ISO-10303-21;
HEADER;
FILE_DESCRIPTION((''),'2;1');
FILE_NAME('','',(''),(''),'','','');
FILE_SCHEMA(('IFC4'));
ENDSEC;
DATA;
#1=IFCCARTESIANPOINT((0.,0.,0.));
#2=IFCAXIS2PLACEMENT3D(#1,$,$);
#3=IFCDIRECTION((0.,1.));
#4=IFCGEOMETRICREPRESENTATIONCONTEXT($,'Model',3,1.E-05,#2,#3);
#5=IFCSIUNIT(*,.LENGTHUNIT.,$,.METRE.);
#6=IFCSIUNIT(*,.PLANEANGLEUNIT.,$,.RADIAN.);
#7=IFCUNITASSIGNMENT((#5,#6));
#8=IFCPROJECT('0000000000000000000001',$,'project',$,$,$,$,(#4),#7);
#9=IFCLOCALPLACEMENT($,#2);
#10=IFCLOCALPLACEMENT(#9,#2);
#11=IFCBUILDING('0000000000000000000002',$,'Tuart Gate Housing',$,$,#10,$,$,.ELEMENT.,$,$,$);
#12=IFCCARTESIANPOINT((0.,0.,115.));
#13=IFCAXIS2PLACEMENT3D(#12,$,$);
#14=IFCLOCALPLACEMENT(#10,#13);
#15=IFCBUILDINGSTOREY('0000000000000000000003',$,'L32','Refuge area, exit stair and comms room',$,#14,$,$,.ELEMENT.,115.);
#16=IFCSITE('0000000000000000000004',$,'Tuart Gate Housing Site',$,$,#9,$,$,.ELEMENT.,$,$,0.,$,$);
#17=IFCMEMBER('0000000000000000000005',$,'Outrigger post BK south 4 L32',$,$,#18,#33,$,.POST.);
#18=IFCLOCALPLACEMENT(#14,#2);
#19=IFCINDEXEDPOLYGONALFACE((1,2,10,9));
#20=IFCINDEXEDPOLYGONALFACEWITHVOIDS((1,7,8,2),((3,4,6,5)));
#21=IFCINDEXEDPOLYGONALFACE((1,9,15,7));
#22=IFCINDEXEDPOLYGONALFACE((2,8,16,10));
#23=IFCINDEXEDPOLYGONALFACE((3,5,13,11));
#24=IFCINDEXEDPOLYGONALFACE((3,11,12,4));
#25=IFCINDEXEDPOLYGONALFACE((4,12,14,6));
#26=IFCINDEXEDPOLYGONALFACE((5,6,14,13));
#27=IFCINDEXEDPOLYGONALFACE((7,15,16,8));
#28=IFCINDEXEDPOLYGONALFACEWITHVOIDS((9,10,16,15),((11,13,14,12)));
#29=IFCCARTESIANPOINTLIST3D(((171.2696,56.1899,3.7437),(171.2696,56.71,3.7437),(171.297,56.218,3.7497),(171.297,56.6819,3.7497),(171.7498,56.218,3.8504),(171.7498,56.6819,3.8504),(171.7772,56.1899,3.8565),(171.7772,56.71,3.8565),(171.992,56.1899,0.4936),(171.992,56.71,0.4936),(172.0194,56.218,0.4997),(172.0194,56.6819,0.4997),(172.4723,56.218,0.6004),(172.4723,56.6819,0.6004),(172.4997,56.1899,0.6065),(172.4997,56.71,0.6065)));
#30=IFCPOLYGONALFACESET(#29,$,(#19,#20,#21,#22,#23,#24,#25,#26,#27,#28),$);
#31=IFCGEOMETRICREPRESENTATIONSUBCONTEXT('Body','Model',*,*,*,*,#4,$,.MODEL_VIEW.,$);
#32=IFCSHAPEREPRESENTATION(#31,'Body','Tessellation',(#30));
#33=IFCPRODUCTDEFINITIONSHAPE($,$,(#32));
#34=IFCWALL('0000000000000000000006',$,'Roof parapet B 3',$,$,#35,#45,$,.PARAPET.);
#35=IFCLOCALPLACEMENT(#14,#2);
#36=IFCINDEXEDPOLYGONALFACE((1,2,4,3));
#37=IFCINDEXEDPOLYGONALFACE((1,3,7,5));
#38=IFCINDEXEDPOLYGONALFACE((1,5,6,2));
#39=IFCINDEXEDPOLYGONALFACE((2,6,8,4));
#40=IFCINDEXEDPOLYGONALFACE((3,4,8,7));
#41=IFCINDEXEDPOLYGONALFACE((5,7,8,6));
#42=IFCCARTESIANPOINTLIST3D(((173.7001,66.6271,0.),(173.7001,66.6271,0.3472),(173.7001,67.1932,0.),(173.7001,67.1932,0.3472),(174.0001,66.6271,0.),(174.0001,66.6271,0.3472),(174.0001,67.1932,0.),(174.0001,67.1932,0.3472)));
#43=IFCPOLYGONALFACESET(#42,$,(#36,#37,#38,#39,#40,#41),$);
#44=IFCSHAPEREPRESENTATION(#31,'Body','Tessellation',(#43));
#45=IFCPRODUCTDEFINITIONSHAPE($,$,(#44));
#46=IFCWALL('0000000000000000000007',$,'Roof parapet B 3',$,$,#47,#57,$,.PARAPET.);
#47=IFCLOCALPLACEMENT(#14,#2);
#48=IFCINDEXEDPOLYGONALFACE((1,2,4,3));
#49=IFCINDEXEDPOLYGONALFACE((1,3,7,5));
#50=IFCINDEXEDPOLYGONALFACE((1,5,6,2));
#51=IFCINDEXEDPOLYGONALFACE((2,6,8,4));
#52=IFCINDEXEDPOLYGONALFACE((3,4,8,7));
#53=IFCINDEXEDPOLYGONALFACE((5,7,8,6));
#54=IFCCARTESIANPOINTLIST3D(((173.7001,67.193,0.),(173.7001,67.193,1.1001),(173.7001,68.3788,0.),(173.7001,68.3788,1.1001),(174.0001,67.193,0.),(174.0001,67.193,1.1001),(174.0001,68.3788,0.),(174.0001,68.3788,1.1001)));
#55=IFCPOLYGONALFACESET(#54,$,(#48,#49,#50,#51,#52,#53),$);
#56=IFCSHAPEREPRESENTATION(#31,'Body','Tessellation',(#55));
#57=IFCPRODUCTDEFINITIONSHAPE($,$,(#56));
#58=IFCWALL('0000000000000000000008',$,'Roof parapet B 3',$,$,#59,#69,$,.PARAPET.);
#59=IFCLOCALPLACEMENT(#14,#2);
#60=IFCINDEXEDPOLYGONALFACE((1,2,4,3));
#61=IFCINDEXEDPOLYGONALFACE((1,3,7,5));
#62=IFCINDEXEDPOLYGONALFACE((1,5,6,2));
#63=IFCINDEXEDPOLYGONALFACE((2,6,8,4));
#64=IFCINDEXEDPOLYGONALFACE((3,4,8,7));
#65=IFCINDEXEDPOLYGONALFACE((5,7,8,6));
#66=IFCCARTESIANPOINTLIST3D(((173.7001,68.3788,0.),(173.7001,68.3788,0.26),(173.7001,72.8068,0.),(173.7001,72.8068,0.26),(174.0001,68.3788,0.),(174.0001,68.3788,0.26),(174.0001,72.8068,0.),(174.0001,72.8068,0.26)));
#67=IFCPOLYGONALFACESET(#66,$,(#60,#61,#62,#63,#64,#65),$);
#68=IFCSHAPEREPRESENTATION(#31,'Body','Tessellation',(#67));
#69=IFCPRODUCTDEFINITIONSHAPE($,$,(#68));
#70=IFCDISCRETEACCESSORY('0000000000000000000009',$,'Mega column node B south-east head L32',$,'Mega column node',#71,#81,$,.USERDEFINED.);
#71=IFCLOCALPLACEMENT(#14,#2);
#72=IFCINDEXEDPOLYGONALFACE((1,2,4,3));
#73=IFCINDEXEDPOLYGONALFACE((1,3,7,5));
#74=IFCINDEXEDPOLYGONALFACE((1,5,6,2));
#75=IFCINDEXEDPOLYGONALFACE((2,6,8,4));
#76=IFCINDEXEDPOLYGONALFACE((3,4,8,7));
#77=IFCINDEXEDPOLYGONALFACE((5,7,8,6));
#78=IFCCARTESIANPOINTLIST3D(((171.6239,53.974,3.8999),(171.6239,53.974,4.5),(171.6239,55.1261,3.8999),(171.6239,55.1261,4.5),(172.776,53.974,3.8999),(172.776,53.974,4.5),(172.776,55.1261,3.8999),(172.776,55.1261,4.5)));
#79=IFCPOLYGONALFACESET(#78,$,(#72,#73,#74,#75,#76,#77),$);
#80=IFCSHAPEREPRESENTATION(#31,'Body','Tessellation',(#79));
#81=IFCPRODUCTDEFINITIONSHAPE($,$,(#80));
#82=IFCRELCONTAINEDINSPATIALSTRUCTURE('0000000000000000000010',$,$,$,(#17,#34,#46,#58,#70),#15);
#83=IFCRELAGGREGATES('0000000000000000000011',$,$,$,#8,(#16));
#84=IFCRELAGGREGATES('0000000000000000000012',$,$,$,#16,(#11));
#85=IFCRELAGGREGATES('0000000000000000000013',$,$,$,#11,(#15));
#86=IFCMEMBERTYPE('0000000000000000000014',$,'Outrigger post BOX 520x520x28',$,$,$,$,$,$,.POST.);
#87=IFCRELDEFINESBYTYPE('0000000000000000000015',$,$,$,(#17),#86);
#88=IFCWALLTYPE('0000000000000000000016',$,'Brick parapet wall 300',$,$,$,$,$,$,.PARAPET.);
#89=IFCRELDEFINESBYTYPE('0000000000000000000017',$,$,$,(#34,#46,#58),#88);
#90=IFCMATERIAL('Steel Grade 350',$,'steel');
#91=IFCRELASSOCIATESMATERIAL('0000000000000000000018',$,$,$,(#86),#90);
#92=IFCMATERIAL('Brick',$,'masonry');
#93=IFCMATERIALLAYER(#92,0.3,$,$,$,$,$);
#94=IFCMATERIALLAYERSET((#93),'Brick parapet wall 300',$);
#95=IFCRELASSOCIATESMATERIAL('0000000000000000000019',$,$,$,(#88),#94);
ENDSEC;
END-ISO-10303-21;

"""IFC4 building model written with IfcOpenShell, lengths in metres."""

from ifc_helpers import new_model, si_unit, direction, frame, frame_2d, origin, origin_2d, place, context, subcontext, project, spatial, rectangle, hollow_rectangle, extrude, material, layer, layer_set, material_profile, profile_set, type_object, element, save


model = new_model("IFC4")

# Units and contexts
model_context = context("Model", 3, precision=1e-05, world=origin(), true_north=direction((0.0, 1.0)))
body_context = subcontext(model_context, "Body", "Model", "MODEL_VIEW")
ifc_project = project(units=[si_unit("LENGTHUNIT", "METRE"), si_unit("PLANEANGLEUNIT", "RADIAN")], contexts=[model_context])

# Site, building, storey
site_placement = place(None, origin())
site = spatial("IfcSite", under=ifc_project, at=site_placement, Name="Tuart Gate Housing Site", CompositionType="ELEMENT", RefElevation=0.0)
building_placement = place(site_placement, origin())
building = spatial("IfcBuilding", under=site, at=building_placement, Name="Tuart Gate Housing", CompositionType="ELEMENT")
storey_placement = place(building_placement, frame((0.0, 0.0, 115.0)))
storey = spatial("IfcBuildingStorey", under=building, at=storey_placement, Name="L32", Description="Refuge area, exit stair and comms room", CompositionType="ELEMENT", Elevation=115.0)

# Member
ifc_material_1 = material(Name="Steel Grade 350", Category="steel")
ifc_material_profile_1 = material_profile(ifc_material_1, hollow_rectangle(XDim=0.52, YDim=0.52, WallThickness=0.0281, at=origin_2d()), Name="BOX 520x520x28")
ifc_profile_set_1 = profile_set([ifc_material_profile_1], Name="Steel Grade 350")
member_type_1 = type_object("IfcMemberType", Name="Outrigger post BOX 520x520x28", PredefinedType="POST", material=ifc_profile_set_1)
member_1_placement = place(storey_placement, frame((172.2458, 56.45, 0.55), z_axis=(-0.216985, 0.0, 0.976175), x_axis=(0.0, -1.0, 0.0)))
element("IfcMember", 1, at=member_1_placement, inside=storey, type_object=member_type_1, Name="Outrigger post BK south 4 L32", PredefinedType="POST", context=body_context, shape_type="SweptSolid", body=[
    extrude(hollow_rectangle(XDim=0.52, YDim=0.52, WallThickness=0.0281, at=origin_2d()), origin(), (0.0, 0.0, 1.0), 3.3293),
])

# Walls
ifc_material_2 = material(Name="Brick", Category="masonry")
ifc_layer = layer(ifc_material_2, 0.3)
ifc_layer_set = layer_set([ifc_layer], Name="Brick parapet wall 300")
wall_type = type_object("IfcWallType", Name="Brick parapet wall 300", PredefinedType="PARAPET", material=ifc_layer_set)
wall_1_placement = place(storey_placement, frame((173.8501, 66.627, 0.0), z_axis=(0.0, 0.0, 1.0), x_axis=(0.0, 1.0, 0.0)))
element("IfcWall", 2, at=wall_1_placement, inside=storey, type_object=wall_type, Name="Roof parapet B 3", PredefinedType="PARAPET", context=body_context, shape_type="SweptSolid", body=[
    extrude(rectangle(XDim=0.5662, YDim=0.3, at=frame_2d((0.2832, 0.0))), origin(), (0.0, 0.0, 1.0), 0.3472),
])
wall_2_placement = place(storey_placement, frame((173.8501, 67.1931, 0.0), z_axis=(0.0, 0.0, 1.0), x_axis=(0.0, 1.0, 0.0)))
element("IfcWall", 3, at=wall_2_placement, inside=storey, type_object=wall_type, Name="Roof parapet B 3", PredefinedType="PARAPET", context=body_context, shape_type="SweptSolid", body=[
    extrude(rectangle(XDim=1.1858, YDim=0.3, at=frame_2d((0.5928, 0.0))), origin(), (0.0, 0.0, 1.0), 1.1001),
])
wall_3_placement = place(storey_placement, frame((173.8501, 68.3789, 0.0), z_axis=(0.0, 0.0, 1.0), x_axis=(0.0, 1.0, 0.0)))
element("IfcWall", 4, at=wall_3_placement, inside=storey, type_object=wall_type, Name="Roof parapet B 3", PredefinedType="PARAPET", context=body_context, shape_type="SweptSolid", body=[
    extrude(rectangle(XDim=4.428, YDim=0.3, at=frame_2d((2.2139, 0.0))), origin(), (0.0, 0.0, 1.0), 0.26),
])

# Discrete accessory
discrete_accessory_placement = place(storey_placement, frame((172.2, 54.55, 3.8999), z_axis=(0.0, 0.0, 1.0), x_axis=(1.0, 0.0, 0.0)))
element("IfcDiscreteAccessory", 5, at=discrete_accessory_placement, inside=storey, Name="Mega column node B south-east head L32", ObjectType="Mega column node", PredefinedType="USERDEFINED", context=body_context, shape_type="SweptSolid", body=[
    extrude(rectangle(XDim=1.1521, YDim=1.1521, at=origin_2d()), origin(), (0.0, 0.0, 1.0), 0.6001),
])

save(model, "model.ifc")
